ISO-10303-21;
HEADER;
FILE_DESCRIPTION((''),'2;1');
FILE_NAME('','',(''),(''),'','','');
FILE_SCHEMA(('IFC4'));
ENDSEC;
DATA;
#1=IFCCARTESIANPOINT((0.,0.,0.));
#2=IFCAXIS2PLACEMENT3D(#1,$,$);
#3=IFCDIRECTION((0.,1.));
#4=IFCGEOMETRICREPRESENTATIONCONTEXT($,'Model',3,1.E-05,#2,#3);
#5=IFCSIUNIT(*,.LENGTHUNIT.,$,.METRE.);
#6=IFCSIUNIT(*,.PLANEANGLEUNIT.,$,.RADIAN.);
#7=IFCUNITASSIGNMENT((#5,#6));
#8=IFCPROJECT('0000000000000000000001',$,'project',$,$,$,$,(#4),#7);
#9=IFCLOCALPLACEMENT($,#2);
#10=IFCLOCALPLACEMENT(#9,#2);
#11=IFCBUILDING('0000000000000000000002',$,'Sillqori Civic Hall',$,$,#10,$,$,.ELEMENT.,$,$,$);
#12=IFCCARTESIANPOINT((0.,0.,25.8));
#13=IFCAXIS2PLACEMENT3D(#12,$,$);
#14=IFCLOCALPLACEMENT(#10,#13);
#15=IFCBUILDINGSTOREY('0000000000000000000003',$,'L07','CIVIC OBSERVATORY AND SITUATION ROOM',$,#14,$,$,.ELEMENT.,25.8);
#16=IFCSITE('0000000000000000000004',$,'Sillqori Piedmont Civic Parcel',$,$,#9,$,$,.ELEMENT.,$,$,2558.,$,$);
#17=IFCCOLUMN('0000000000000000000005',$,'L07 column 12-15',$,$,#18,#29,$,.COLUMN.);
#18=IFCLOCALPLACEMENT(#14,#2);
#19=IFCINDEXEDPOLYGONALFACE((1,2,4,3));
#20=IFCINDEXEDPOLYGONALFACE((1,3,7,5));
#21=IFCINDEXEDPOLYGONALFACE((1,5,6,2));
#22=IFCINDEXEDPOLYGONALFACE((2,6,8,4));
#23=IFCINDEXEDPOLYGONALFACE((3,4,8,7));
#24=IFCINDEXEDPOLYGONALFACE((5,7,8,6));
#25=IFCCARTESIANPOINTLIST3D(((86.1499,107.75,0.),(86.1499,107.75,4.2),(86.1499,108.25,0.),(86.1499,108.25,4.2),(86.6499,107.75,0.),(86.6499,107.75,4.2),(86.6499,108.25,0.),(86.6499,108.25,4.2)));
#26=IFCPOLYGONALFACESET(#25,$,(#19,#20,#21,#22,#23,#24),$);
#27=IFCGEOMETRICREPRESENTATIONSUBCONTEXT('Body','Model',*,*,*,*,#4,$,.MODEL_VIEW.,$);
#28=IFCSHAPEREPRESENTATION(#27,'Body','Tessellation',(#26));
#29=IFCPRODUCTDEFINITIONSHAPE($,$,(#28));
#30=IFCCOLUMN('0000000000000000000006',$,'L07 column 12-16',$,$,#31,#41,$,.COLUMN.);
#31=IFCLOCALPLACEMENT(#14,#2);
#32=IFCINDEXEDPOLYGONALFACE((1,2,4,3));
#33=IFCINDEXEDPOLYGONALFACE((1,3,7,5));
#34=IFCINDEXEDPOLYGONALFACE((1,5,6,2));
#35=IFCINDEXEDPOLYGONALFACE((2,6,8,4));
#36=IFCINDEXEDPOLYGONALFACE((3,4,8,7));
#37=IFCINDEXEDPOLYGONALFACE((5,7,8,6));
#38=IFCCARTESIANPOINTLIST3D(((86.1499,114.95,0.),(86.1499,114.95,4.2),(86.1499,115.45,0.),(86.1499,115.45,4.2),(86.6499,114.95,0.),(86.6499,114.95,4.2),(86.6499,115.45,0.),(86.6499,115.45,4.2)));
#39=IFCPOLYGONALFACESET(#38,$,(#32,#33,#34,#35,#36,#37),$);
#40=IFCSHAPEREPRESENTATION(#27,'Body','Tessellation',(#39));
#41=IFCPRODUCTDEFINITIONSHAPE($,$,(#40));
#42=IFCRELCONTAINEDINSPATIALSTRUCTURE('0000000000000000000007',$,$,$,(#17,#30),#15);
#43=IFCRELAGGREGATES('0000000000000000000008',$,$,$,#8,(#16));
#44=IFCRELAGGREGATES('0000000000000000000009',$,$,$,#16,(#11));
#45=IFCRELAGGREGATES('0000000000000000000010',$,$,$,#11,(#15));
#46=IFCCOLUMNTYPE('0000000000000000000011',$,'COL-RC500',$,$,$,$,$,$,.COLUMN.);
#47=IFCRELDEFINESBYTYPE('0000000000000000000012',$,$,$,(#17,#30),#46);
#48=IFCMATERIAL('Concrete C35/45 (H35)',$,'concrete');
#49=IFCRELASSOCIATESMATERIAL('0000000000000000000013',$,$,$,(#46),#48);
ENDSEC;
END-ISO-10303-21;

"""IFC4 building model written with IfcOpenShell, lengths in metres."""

from ifc_helpers import new_model, si_unit, direction, frame, origin, origin_2d, place, context, subcontext, project, spatial, rectangle, extrude, material, material_profile, profile_set, type_object, element, save


model = new_model("IFC4")

# Units and contexts
model_context = context("Model", 3, precision=1e-05, world=origin(), true_north=direction((0.0, 1.0)))
body_context = subcontext(model_context, "Body", "Model", "MODEL_VIEW")
ifc_project = project(units=[si_unit("LENGTHUNIT", "METRE"), si_unit("PLANEANGLEUNIT", "RADIAN")], contexts=[model_context])

# Site, building, storey
site_placement = place(None, origin())
site = spatial("IfcSite", under=ifc_project, at=site_placement, Name="Sillqori Piedmont Civic Parcel", CompositionType="ELEMENT", RefElevation=2558.0)
building_placement = place(site_placement, origin())
building = spatial("IfcBuilding", under=site, at=building_placement, Name="Sillqori Civic Hall", CompositionType="ELEMENT")
storey_placement = place(building_placement, frame((0.0, 0.0, 25.8)))
storey = spatial("IfcBuildingStorey", under=building, at=storey_placement, Name="L07", Description="CIVIC OBSERVATORY AND SITUATION ROOM", CompositionType="ELEMENT", Elevation=25.8)

# Columns
ifc_material_1 = material(Name="Concrete C35/45 (H35)", Category="concrete")
ifc_material_profile_1 = material_profile(ifc_material_1, rectangle(XDim=0.5, YDim=0.5, at=origin_2d()), Name="RC 500x500")
ifc_profile_set_1 = profile_set([ifc_material_profile_1], Name="Concrete C35/45 (H35)")
column_type = type_object("IfcColumnType", Name="COL-RC500", PredefinedType="COLUMN", material=ifc_profile_set_1)
for number, where, z_axis, x_axis, name in (
    (1, (86.3999, 108.0, 0.0), (0.0, 0.0, 1.0), (1.0, 0.0, 0.0), "L07 column 12-15"),
    (2, (86.3999, 115.2, 0.0), (0.0, 0.0, 1.0), (1.0, 0.0, 0.0), "L07 column 12-16"),
):
    element("IfcColumn", number, at=place(storey_placement, frame(where, z_axis=z_axis, x_axis=x_axis)), inside=storey, type_object=column_type, Name=name, PredefinedType="COLUMN", context=body_context, shape_type="SweptSolid", body=[
        extrude(rectangle(XDim=0.5, YDim=0.5, at=origin_2d()), origin(), (0.0, 0.0, 1.0), 4.2),
    ])

save(model, "model.ifc")
